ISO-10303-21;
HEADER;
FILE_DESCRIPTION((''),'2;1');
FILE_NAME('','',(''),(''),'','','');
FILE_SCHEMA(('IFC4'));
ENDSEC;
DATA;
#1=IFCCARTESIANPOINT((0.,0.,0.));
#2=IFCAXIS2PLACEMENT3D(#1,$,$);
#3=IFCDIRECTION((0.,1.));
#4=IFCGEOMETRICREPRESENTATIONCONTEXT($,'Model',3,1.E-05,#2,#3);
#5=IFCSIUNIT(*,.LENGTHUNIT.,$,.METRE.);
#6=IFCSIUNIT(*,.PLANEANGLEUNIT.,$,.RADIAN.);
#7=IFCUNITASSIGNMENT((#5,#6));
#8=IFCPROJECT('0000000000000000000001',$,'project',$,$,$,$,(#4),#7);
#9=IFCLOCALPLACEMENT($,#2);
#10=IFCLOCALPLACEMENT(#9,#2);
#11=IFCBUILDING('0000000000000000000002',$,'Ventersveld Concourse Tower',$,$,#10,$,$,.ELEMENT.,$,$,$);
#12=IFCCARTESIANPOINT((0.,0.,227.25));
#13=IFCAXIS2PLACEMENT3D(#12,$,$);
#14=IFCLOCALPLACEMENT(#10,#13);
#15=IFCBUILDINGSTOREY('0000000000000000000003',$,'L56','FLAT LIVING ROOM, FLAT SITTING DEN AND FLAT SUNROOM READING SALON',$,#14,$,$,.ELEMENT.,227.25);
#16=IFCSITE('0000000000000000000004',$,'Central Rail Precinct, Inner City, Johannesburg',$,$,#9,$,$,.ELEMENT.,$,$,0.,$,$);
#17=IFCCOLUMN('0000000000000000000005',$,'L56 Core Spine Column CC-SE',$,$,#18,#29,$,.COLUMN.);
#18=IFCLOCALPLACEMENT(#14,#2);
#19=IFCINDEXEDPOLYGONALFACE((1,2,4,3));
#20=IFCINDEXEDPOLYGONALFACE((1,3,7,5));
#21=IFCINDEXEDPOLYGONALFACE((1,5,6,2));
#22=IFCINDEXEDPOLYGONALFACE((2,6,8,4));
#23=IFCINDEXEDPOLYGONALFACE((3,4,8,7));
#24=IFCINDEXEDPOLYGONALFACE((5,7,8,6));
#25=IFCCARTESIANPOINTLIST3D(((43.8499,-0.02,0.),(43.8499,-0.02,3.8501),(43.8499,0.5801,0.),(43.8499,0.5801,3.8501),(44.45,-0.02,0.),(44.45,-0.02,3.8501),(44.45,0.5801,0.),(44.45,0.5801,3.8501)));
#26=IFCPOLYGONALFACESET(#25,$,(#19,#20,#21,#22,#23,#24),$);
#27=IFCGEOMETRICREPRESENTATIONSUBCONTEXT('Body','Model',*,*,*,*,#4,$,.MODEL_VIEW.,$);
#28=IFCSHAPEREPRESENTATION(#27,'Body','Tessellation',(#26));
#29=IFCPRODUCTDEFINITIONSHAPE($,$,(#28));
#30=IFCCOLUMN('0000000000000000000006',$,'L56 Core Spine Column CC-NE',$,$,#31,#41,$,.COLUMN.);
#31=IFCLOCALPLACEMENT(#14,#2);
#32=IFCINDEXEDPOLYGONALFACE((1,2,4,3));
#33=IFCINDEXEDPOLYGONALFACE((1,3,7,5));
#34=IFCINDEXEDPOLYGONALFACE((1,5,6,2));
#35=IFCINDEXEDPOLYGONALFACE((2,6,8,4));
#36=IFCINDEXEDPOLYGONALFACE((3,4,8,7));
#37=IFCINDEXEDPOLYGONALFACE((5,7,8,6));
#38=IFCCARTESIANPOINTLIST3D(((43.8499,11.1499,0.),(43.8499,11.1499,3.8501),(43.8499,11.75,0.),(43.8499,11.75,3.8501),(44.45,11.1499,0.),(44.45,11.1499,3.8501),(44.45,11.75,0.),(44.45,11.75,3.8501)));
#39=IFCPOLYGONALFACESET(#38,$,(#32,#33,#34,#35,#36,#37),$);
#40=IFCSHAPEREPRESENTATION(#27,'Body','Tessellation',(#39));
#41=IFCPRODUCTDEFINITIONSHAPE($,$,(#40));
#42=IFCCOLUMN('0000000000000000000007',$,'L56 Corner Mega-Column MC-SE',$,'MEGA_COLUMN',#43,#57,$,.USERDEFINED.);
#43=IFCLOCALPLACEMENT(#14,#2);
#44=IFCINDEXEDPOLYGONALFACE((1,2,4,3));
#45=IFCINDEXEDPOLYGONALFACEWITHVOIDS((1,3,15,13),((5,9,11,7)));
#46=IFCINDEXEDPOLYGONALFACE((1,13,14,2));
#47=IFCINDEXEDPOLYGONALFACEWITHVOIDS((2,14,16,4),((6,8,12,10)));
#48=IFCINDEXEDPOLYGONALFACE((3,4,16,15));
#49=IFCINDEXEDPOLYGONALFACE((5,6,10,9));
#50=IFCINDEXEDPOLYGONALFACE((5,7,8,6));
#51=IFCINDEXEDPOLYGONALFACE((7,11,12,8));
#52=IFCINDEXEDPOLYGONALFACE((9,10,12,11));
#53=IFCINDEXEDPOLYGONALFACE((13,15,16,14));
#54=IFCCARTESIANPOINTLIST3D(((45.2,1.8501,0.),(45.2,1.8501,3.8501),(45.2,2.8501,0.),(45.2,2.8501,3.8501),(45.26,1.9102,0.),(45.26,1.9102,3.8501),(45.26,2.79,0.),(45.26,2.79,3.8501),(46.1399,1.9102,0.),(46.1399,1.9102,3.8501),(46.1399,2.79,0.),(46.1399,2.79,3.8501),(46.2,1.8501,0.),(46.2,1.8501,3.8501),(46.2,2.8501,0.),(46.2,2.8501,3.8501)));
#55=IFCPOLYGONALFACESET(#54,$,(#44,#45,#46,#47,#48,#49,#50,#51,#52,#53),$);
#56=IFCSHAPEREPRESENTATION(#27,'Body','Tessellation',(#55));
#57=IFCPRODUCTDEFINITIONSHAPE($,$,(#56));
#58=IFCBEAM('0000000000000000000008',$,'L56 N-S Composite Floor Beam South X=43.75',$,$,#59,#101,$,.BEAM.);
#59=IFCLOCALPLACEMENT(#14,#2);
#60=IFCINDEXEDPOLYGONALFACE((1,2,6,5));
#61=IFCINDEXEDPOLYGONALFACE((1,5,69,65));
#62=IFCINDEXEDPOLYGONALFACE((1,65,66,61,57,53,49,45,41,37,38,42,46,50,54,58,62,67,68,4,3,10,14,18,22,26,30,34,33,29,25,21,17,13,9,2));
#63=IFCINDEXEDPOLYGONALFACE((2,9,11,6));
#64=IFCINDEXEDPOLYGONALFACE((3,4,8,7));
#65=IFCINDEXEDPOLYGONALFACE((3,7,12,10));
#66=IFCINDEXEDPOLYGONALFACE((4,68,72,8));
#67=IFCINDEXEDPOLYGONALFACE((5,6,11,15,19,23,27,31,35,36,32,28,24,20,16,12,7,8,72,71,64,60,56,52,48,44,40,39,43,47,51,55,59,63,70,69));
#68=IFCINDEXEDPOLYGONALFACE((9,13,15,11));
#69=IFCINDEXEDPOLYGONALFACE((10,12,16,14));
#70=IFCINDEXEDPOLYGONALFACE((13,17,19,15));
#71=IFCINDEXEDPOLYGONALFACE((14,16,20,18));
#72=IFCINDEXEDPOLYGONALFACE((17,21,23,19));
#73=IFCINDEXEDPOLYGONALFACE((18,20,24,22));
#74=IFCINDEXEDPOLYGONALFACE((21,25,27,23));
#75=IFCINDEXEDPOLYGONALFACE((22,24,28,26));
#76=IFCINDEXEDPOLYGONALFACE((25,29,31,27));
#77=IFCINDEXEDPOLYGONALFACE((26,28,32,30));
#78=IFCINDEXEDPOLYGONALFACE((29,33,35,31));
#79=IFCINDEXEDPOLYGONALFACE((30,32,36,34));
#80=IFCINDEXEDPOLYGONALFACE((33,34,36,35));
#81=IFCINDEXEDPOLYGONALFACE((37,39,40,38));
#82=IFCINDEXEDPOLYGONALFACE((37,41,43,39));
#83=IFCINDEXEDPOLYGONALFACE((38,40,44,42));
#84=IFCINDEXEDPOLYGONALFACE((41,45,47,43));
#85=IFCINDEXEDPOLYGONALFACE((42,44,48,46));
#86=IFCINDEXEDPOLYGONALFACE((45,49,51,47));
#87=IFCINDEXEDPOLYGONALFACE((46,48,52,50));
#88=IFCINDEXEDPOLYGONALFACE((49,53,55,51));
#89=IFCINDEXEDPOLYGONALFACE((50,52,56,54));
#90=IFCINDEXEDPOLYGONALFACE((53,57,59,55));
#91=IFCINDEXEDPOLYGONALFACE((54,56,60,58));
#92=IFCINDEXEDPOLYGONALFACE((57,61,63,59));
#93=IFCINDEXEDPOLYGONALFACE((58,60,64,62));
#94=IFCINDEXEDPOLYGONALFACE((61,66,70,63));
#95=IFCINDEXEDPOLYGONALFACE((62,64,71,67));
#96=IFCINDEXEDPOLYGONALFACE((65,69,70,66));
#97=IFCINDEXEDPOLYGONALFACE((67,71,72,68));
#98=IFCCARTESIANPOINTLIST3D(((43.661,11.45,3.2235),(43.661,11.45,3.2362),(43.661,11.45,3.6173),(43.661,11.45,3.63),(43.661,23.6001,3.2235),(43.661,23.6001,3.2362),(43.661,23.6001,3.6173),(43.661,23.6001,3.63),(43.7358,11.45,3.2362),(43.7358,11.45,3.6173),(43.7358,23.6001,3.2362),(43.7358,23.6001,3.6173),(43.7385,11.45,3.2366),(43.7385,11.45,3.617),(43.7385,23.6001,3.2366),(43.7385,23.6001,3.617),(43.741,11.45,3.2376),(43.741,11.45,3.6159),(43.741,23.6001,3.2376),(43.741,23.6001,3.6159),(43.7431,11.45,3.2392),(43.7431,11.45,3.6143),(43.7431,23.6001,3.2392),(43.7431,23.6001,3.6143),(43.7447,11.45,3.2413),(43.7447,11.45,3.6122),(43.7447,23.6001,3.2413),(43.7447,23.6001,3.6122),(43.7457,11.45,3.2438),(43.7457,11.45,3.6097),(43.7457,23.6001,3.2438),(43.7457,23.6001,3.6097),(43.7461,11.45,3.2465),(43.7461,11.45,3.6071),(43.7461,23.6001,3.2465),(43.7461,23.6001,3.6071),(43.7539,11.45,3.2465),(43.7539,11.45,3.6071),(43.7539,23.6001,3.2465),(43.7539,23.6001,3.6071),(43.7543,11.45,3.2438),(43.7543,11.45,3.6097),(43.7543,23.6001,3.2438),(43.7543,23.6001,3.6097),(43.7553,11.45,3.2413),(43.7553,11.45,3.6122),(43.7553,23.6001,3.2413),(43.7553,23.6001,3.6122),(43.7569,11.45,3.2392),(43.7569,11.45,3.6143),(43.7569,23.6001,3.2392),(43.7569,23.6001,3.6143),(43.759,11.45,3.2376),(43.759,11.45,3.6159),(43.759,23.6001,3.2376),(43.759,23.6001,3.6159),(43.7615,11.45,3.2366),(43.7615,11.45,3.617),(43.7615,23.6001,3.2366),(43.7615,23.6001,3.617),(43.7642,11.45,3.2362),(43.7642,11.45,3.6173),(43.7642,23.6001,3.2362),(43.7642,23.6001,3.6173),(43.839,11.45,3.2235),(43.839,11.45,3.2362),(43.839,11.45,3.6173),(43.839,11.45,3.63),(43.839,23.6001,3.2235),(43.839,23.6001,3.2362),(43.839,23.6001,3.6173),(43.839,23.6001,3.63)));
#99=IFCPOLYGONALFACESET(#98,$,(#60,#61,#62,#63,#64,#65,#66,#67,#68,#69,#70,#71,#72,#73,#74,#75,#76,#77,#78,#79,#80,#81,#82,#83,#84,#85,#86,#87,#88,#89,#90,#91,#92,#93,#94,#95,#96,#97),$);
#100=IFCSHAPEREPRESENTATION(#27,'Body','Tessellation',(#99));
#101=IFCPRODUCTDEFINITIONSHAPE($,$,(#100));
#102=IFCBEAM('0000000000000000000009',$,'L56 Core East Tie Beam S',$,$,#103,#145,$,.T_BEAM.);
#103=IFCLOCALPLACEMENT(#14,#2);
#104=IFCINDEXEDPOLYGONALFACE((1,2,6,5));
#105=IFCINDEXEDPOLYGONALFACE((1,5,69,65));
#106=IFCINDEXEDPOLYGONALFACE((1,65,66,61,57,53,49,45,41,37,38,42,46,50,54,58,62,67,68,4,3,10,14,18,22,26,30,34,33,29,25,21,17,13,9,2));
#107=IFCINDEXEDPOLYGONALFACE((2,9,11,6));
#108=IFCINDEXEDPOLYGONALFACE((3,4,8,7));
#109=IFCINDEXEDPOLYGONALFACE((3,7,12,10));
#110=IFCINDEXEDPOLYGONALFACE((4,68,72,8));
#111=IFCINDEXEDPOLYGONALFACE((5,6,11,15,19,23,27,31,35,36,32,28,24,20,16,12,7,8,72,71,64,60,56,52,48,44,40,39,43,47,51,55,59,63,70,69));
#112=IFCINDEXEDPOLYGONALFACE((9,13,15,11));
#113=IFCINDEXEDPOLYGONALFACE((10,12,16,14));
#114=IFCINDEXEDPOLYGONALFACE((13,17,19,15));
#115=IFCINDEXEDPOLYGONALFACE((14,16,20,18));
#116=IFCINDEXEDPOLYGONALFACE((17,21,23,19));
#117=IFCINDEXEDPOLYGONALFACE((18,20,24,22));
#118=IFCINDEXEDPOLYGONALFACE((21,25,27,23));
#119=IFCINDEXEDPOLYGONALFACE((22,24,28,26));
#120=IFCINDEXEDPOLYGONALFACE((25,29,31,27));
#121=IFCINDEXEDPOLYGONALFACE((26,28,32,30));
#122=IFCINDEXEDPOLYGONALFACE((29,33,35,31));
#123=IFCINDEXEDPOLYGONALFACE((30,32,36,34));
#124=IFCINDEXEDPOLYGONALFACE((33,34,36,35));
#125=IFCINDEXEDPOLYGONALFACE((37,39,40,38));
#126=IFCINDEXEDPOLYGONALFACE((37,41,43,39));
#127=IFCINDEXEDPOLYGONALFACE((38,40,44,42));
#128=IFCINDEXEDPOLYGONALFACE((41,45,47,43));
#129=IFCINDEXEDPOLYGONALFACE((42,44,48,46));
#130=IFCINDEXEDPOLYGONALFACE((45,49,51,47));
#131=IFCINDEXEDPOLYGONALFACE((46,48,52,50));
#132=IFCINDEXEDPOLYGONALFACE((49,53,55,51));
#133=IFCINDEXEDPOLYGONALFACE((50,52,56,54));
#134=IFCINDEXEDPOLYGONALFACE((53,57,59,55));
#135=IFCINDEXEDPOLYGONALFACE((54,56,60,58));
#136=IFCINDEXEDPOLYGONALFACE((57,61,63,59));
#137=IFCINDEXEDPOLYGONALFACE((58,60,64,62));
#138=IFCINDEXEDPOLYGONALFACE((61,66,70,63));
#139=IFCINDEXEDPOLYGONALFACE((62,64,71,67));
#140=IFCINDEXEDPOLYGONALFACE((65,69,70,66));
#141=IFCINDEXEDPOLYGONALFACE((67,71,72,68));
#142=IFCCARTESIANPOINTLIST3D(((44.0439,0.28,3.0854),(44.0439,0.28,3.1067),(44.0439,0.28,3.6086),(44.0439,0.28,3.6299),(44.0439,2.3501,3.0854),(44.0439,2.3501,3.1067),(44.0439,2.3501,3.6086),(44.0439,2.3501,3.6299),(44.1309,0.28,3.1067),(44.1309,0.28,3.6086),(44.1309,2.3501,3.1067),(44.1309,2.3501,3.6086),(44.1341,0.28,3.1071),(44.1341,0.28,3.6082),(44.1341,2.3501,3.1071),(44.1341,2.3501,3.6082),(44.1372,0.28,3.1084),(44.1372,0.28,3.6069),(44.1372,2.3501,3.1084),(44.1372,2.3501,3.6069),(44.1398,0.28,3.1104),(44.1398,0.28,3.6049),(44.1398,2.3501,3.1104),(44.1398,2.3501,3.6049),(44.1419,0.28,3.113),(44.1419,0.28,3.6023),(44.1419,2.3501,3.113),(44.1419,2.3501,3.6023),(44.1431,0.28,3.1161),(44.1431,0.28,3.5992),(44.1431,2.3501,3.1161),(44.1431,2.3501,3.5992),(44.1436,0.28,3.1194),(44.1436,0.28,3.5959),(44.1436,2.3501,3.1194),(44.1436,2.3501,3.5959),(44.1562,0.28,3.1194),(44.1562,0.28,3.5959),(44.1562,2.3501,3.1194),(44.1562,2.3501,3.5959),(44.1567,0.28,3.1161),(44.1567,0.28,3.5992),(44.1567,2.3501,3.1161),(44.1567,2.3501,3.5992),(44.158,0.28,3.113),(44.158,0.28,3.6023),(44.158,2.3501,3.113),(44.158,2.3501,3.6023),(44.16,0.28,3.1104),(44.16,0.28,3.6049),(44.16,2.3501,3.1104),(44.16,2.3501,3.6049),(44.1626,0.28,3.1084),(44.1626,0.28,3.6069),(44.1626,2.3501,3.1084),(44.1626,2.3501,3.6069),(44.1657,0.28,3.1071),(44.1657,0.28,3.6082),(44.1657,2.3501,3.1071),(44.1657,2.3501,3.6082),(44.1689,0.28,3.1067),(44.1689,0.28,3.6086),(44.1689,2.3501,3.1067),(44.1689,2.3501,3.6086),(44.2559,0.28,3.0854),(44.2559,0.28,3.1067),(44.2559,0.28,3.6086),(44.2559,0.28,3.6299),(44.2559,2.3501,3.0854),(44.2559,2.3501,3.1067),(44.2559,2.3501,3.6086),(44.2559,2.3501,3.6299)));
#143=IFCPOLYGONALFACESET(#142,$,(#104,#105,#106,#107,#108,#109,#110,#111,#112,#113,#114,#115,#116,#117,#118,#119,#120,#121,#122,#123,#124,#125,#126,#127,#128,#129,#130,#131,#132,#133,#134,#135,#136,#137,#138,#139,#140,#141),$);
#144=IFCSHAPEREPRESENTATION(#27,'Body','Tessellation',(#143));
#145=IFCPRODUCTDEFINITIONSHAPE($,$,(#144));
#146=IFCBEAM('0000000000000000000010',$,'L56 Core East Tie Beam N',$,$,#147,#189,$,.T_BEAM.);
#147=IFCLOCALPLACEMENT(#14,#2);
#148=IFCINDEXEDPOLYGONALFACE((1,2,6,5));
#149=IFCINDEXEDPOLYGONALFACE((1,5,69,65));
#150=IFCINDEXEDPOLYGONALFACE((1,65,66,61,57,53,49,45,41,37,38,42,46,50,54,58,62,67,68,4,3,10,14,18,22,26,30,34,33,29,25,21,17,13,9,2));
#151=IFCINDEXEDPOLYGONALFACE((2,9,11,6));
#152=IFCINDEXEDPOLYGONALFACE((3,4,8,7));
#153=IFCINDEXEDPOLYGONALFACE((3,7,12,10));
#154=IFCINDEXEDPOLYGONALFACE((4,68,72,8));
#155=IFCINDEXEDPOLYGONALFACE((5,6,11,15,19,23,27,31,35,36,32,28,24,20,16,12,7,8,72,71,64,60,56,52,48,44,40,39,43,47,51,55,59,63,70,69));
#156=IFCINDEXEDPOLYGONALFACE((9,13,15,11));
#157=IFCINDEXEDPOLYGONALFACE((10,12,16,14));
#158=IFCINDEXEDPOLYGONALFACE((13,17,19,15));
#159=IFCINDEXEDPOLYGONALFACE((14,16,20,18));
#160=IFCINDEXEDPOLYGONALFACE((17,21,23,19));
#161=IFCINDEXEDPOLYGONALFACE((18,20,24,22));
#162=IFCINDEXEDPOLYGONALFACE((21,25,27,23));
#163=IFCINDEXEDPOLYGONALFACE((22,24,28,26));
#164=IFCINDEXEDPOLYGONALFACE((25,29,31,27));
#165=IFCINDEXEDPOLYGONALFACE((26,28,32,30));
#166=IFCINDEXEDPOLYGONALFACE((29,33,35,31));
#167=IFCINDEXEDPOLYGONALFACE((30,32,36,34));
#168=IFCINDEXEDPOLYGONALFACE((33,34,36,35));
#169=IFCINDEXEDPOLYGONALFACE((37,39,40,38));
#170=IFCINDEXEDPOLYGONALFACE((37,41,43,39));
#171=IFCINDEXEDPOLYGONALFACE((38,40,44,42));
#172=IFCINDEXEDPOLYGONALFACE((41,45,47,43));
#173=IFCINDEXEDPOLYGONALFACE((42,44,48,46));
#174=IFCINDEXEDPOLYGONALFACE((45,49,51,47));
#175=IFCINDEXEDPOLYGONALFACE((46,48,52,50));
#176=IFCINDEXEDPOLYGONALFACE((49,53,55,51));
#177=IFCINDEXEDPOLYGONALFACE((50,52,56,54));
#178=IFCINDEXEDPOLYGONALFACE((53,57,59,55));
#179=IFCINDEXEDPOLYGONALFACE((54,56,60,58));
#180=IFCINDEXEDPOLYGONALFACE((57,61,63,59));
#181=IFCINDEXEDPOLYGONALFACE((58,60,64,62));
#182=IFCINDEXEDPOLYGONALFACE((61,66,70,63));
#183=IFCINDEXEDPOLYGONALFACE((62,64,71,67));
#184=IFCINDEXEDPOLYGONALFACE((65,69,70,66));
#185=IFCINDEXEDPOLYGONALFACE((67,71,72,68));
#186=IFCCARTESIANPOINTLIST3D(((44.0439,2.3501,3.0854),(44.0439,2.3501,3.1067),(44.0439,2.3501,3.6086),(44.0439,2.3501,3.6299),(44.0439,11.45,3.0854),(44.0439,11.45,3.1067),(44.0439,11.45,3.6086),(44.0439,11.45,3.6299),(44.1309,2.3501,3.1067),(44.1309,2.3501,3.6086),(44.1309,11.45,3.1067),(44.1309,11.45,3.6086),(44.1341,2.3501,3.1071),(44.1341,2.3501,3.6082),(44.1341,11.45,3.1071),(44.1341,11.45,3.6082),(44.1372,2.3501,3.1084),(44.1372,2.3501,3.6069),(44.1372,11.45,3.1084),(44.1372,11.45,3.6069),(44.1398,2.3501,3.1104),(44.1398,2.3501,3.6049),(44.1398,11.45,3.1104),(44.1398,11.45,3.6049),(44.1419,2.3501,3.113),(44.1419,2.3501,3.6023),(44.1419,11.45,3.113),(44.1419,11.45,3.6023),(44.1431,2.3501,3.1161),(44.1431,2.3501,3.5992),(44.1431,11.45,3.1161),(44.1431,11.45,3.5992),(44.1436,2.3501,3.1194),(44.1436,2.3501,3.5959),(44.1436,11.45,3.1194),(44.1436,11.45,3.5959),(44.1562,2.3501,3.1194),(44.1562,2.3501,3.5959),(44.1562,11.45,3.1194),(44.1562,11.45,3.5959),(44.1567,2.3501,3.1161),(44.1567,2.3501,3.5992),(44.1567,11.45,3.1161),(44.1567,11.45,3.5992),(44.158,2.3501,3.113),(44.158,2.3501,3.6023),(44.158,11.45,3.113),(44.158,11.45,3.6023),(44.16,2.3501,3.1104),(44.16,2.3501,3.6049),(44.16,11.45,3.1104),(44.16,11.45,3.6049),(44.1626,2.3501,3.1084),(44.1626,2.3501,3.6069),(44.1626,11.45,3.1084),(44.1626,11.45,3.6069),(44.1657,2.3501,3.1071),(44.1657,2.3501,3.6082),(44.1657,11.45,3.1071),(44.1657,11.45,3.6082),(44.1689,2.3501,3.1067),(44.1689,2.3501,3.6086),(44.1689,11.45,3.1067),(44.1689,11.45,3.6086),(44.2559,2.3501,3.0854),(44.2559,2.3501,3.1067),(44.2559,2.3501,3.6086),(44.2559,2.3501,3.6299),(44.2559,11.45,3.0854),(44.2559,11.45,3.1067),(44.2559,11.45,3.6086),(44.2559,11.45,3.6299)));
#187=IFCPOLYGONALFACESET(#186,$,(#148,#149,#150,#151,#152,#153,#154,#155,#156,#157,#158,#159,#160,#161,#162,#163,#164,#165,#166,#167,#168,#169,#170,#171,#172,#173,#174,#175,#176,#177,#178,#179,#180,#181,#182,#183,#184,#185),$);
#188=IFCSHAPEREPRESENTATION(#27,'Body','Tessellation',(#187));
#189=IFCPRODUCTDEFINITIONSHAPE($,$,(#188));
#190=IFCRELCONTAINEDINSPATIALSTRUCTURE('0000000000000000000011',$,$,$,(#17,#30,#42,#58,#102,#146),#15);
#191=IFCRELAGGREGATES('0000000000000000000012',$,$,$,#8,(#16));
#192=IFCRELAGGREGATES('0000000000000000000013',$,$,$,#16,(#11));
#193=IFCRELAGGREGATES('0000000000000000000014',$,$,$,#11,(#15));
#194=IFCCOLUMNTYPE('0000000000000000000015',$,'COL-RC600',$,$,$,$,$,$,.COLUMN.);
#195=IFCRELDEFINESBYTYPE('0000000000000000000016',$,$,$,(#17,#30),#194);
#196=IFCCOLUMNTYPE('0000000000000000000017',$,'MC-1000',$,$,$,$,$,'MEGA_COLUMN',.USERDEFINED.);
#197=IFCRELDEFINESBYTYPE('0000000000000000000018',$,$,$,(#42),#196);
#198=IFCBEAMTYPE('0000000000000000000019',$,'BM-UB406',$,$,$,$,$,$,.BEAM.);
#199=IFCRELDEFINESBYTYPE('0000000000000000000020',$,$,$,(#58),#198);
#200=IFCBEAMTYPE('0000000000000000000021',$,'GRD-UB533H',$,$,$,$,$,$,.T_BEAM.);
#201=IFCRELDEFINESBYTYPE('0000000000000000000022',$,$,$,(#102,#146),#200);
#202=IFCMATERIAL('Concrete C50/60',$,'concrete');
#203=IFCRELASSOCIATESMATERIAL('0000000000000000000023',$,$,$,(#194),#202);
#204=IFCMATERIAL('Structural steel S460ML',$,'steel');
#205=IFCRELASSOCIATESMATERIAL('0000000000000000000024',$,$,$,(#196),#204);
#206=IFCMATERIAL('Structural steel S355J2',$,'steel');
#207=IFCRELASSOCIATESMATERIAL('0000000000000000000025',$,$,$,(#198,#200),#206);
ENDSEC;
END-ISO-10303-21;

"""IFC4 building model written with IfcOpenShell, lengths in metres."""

from ifc_helpers import new_model, si_unit, direction, frame, origin, origin_2d, place, context, subcontext, project, spatial, rectangle, hollow_rectangle, i_section, extrude, material, material_profile, profile_set, type_object, element, save


model = new_model("IFC4")

# Units and contexts
model_context = context("Model", 3, precision=1e-05, world=origin(), true_north=direction((0.0, 1.0)))
body_context = subcontext(model_context, "Body", "Model", "MODEL_VIEW")
ifc_project = project(units=[si_unit("LENGTHUNIT", "METRE"), si_unit("PLANEANGLEUNIT", "RADIAN")], contexts=[model_context])

# Site, building, storey
site_placement = place(None, origin())
site = spatial("IfcSite", under=ifc_project, at=site_placement, Name="Central Rail Precinct, Inner City, Johannesburg", CompositionType="ELEMENT", RefElevation=0.0)
building_placement = place(site_placement, origin())
building = spatial("IfcBuilding", under=site, at=building_placement, Name="Ventersveld Concourse Tower", CompositionType="ELEMENT")
storey_placement = place(building_placement, frame((0.0, 0.0, 227.25)))
storey = spatial("IfcBuildingStorey", under=building, at=storey_placement, Name="L56", Description="FLAT LIVING ROOM, FLAT SITTING DEN AND FLAT SUNROOM READING SALON", CompositionType="ELEMENT", Elevation=227.25)

# Columns
ifc_material_1 = material(Name="Concrete C50/60", Category="concrete")
ifc_material_profile_1 = material_profile(ifc_material_1, rectangle(XDim=0.6001, YDim=0.6001, at=origin_2d()), Name="RC 600x600")
ifc_profile_set_1 = profile_set([ifc_material_profile_1], Name="Concrete C50/60")
column_type_1 = type_object("IfcColumnType", Name="COL-RC600", PredefinedType="COLUMN", material=ifc_profile_set_1)
for number, where, z_axis, x_axis, name in (
    (1, (44.1499, 0.28, 0.0), (0.0, 0.0, 1.0), (1.0, 0.0, 0.0), "L56 Core Spine Column CC-SE"),
    (2, (44.1499, 11.45, 0.0), (0.0, 0.0, 1.0), (1.0, 0.0, 0.0), "L56 Core Spine Column CC-NE"),
):
    element("IfcColumn", number, at=place(storey_placement, frame(where, z_axis=z_axis, x_axis=x_axis)), inside=storey, type_object=column_type_1, Name=name, PredefinedType="COLUMN", context=body_context, shape_type="SweptSolid", body=[
        extrude(rectangle(XDim=0.6001, YDim=0.6001, at=origin_2d()), origin(), (0.0, 0.0, 1.0), 3.8501),
    ])
ifc_material_2 = material(Name="Structural steel S460ML", Category="steel")
ifc_material_profile_2 = material_profile(ifc_material_2, hollow_rectangle(XDim=1.0, YDim=1.0, WallThickness=0.0601, at=origin_2d()), Name="BOX 1000x1000x60")
ifc_profile_set_2 = profile_set([ifc_material_profile_2], Name="Structural steel S460ML")
column_type_2 = type_object("IfcColumnType", Name="MC-1000", ElementType="MEGA_COLUMN", PredefinedType="USERDEFINED", material=ifc_profile_set_2)
column_placement = place(storey_placement, frame((45.7, 2.3501, 0.0), z_axis=(0.0, 0.0, 1.0), x_axis=(1.0, 0.0, 0.0)))
element("IfcColumn", 3, at=column_placement, inside=storey, type_object=column_type_2, Name="L56 Corner Mega-Column MC-SE", ObjectType="MEGA_COLUMN", PredefinedType="USERDEFINED", context=body_context, shape_type="SweptSolid", body=[
    extrude(hollow_rectangle(XDim=1.0, YDim=1.0, WallThickness=0.0601, at=origin_2d()), origin(), (0.0, 0.0, 1.0), 3.8501),
])

# Beams
ifc_material_3 = material(Name="Structural steel S355J2", Category="steel")
ifc_material_profile_3 = material_profile(ifc_material_3, i_section(OverallWidth=0.178, OverallDepth=0.4065, WebThickness=0.0078, FlangeThickness=0.0127, FilletRadius=0.0103, at=origin_2d()), Name="UB 406x178x60")
ifc_profile_set_3 = profile_set([ifc_material_profile_3], Name="Structural steel S355J2")
beam_type_1 = type_object("IfcBeamType", Name="BM-UB406", PredefinedType="BEAM", material=ifc_profile_set_3)
beam_1_placement = place(storey_placement, frame((43.75, 11.45, 3.4268), z_axis=(0.0, 1.0, 0.0), x_axis=(-1.0, 0.0, 0.0)))
element("IfcBeam", 4, at=beam_1_placement, inside=storey, type_object=beam_type_1, Name="L56 N-S Composite Floor Beam South X=43.75", PredefinedType="BEAM", context=body_context, shape_type="SweptSolid", body=[
    extrude(i_section(OverallWidth=0.178, OverallDepth=0.4065, WebThickness=0.0078, FlangeThickness=0.0127, FilletRadius=0.0103, at=origin_2d()), origin(), (0.0, 0.0, 1.0), 12.1501),
])
ifc_material_profile_4 = material_profile(ifc_material_3, i_section(OverallWidth=0.2119, OverallDepth=0.5444, WebThickness=0.0127, FlangeThickness=0.0212, FilletRadius=0.0127, at=origin_2d()), Name="UB 533x210x122")
ifc_profile_set_4 = profile_set([ifc_material_profile_4], Name="Structural steel S355J2")
beam_type_2 = type_object("IfcBeamType", Name="GRD-UB533H", PredefinedType="T_BEAM", material=ifc_profile_set_4)
beam_2_placement = place(storey_placement, frame((44.1499, 0.28, 3.3577), z_axis=(0.0, 1.0, 0.0), x_axis=(-1.0, 0.0, 0.0)))
element("IfcBeam", 5, at=beam_2_placement, inside=storey, type_object=beam_type_2, Name="L56 Core East Tie Beam S", PredefinedType="T_BEAM", context=body_context, shape_type="SweptSolid", body=[
    extrude(i_section(OverallWidth=0.2119, OverallDepth=0.5444, WebThickness=0.0127, FlangeThickness=0.0212, FilletRadius=0.0127, at=origin_2d()), origin(), (0.0, 0.0, 1.0), 2.0701),
])
beam_3_placement = place(storey_placement, frame((44.1499, 2.3501, 3.3577), z_axis=(0.0, 1.0, 0.0), x_axis=(-1.0, 0.0, 0.0)))
element("IfcBeam", 6, at=beam_3_placement, inside=storey, type_object=beam_type_2, Name="L56 Core East Tie Beam N", PredefinedType="T_BEAM", context=body_context, shape_type="SweptSolid", body=[
    extrude(i_section(OverallWidth=0.2119, OverallDepth=0.5444, WebThickness=0.0127, FlangeThickness=0.0212, FilletRadius=0.0127, at=origin_2d()), origin(), (0.0, 0.0, 1.0), 9.0999),
])

save(model, "model.ifc")
